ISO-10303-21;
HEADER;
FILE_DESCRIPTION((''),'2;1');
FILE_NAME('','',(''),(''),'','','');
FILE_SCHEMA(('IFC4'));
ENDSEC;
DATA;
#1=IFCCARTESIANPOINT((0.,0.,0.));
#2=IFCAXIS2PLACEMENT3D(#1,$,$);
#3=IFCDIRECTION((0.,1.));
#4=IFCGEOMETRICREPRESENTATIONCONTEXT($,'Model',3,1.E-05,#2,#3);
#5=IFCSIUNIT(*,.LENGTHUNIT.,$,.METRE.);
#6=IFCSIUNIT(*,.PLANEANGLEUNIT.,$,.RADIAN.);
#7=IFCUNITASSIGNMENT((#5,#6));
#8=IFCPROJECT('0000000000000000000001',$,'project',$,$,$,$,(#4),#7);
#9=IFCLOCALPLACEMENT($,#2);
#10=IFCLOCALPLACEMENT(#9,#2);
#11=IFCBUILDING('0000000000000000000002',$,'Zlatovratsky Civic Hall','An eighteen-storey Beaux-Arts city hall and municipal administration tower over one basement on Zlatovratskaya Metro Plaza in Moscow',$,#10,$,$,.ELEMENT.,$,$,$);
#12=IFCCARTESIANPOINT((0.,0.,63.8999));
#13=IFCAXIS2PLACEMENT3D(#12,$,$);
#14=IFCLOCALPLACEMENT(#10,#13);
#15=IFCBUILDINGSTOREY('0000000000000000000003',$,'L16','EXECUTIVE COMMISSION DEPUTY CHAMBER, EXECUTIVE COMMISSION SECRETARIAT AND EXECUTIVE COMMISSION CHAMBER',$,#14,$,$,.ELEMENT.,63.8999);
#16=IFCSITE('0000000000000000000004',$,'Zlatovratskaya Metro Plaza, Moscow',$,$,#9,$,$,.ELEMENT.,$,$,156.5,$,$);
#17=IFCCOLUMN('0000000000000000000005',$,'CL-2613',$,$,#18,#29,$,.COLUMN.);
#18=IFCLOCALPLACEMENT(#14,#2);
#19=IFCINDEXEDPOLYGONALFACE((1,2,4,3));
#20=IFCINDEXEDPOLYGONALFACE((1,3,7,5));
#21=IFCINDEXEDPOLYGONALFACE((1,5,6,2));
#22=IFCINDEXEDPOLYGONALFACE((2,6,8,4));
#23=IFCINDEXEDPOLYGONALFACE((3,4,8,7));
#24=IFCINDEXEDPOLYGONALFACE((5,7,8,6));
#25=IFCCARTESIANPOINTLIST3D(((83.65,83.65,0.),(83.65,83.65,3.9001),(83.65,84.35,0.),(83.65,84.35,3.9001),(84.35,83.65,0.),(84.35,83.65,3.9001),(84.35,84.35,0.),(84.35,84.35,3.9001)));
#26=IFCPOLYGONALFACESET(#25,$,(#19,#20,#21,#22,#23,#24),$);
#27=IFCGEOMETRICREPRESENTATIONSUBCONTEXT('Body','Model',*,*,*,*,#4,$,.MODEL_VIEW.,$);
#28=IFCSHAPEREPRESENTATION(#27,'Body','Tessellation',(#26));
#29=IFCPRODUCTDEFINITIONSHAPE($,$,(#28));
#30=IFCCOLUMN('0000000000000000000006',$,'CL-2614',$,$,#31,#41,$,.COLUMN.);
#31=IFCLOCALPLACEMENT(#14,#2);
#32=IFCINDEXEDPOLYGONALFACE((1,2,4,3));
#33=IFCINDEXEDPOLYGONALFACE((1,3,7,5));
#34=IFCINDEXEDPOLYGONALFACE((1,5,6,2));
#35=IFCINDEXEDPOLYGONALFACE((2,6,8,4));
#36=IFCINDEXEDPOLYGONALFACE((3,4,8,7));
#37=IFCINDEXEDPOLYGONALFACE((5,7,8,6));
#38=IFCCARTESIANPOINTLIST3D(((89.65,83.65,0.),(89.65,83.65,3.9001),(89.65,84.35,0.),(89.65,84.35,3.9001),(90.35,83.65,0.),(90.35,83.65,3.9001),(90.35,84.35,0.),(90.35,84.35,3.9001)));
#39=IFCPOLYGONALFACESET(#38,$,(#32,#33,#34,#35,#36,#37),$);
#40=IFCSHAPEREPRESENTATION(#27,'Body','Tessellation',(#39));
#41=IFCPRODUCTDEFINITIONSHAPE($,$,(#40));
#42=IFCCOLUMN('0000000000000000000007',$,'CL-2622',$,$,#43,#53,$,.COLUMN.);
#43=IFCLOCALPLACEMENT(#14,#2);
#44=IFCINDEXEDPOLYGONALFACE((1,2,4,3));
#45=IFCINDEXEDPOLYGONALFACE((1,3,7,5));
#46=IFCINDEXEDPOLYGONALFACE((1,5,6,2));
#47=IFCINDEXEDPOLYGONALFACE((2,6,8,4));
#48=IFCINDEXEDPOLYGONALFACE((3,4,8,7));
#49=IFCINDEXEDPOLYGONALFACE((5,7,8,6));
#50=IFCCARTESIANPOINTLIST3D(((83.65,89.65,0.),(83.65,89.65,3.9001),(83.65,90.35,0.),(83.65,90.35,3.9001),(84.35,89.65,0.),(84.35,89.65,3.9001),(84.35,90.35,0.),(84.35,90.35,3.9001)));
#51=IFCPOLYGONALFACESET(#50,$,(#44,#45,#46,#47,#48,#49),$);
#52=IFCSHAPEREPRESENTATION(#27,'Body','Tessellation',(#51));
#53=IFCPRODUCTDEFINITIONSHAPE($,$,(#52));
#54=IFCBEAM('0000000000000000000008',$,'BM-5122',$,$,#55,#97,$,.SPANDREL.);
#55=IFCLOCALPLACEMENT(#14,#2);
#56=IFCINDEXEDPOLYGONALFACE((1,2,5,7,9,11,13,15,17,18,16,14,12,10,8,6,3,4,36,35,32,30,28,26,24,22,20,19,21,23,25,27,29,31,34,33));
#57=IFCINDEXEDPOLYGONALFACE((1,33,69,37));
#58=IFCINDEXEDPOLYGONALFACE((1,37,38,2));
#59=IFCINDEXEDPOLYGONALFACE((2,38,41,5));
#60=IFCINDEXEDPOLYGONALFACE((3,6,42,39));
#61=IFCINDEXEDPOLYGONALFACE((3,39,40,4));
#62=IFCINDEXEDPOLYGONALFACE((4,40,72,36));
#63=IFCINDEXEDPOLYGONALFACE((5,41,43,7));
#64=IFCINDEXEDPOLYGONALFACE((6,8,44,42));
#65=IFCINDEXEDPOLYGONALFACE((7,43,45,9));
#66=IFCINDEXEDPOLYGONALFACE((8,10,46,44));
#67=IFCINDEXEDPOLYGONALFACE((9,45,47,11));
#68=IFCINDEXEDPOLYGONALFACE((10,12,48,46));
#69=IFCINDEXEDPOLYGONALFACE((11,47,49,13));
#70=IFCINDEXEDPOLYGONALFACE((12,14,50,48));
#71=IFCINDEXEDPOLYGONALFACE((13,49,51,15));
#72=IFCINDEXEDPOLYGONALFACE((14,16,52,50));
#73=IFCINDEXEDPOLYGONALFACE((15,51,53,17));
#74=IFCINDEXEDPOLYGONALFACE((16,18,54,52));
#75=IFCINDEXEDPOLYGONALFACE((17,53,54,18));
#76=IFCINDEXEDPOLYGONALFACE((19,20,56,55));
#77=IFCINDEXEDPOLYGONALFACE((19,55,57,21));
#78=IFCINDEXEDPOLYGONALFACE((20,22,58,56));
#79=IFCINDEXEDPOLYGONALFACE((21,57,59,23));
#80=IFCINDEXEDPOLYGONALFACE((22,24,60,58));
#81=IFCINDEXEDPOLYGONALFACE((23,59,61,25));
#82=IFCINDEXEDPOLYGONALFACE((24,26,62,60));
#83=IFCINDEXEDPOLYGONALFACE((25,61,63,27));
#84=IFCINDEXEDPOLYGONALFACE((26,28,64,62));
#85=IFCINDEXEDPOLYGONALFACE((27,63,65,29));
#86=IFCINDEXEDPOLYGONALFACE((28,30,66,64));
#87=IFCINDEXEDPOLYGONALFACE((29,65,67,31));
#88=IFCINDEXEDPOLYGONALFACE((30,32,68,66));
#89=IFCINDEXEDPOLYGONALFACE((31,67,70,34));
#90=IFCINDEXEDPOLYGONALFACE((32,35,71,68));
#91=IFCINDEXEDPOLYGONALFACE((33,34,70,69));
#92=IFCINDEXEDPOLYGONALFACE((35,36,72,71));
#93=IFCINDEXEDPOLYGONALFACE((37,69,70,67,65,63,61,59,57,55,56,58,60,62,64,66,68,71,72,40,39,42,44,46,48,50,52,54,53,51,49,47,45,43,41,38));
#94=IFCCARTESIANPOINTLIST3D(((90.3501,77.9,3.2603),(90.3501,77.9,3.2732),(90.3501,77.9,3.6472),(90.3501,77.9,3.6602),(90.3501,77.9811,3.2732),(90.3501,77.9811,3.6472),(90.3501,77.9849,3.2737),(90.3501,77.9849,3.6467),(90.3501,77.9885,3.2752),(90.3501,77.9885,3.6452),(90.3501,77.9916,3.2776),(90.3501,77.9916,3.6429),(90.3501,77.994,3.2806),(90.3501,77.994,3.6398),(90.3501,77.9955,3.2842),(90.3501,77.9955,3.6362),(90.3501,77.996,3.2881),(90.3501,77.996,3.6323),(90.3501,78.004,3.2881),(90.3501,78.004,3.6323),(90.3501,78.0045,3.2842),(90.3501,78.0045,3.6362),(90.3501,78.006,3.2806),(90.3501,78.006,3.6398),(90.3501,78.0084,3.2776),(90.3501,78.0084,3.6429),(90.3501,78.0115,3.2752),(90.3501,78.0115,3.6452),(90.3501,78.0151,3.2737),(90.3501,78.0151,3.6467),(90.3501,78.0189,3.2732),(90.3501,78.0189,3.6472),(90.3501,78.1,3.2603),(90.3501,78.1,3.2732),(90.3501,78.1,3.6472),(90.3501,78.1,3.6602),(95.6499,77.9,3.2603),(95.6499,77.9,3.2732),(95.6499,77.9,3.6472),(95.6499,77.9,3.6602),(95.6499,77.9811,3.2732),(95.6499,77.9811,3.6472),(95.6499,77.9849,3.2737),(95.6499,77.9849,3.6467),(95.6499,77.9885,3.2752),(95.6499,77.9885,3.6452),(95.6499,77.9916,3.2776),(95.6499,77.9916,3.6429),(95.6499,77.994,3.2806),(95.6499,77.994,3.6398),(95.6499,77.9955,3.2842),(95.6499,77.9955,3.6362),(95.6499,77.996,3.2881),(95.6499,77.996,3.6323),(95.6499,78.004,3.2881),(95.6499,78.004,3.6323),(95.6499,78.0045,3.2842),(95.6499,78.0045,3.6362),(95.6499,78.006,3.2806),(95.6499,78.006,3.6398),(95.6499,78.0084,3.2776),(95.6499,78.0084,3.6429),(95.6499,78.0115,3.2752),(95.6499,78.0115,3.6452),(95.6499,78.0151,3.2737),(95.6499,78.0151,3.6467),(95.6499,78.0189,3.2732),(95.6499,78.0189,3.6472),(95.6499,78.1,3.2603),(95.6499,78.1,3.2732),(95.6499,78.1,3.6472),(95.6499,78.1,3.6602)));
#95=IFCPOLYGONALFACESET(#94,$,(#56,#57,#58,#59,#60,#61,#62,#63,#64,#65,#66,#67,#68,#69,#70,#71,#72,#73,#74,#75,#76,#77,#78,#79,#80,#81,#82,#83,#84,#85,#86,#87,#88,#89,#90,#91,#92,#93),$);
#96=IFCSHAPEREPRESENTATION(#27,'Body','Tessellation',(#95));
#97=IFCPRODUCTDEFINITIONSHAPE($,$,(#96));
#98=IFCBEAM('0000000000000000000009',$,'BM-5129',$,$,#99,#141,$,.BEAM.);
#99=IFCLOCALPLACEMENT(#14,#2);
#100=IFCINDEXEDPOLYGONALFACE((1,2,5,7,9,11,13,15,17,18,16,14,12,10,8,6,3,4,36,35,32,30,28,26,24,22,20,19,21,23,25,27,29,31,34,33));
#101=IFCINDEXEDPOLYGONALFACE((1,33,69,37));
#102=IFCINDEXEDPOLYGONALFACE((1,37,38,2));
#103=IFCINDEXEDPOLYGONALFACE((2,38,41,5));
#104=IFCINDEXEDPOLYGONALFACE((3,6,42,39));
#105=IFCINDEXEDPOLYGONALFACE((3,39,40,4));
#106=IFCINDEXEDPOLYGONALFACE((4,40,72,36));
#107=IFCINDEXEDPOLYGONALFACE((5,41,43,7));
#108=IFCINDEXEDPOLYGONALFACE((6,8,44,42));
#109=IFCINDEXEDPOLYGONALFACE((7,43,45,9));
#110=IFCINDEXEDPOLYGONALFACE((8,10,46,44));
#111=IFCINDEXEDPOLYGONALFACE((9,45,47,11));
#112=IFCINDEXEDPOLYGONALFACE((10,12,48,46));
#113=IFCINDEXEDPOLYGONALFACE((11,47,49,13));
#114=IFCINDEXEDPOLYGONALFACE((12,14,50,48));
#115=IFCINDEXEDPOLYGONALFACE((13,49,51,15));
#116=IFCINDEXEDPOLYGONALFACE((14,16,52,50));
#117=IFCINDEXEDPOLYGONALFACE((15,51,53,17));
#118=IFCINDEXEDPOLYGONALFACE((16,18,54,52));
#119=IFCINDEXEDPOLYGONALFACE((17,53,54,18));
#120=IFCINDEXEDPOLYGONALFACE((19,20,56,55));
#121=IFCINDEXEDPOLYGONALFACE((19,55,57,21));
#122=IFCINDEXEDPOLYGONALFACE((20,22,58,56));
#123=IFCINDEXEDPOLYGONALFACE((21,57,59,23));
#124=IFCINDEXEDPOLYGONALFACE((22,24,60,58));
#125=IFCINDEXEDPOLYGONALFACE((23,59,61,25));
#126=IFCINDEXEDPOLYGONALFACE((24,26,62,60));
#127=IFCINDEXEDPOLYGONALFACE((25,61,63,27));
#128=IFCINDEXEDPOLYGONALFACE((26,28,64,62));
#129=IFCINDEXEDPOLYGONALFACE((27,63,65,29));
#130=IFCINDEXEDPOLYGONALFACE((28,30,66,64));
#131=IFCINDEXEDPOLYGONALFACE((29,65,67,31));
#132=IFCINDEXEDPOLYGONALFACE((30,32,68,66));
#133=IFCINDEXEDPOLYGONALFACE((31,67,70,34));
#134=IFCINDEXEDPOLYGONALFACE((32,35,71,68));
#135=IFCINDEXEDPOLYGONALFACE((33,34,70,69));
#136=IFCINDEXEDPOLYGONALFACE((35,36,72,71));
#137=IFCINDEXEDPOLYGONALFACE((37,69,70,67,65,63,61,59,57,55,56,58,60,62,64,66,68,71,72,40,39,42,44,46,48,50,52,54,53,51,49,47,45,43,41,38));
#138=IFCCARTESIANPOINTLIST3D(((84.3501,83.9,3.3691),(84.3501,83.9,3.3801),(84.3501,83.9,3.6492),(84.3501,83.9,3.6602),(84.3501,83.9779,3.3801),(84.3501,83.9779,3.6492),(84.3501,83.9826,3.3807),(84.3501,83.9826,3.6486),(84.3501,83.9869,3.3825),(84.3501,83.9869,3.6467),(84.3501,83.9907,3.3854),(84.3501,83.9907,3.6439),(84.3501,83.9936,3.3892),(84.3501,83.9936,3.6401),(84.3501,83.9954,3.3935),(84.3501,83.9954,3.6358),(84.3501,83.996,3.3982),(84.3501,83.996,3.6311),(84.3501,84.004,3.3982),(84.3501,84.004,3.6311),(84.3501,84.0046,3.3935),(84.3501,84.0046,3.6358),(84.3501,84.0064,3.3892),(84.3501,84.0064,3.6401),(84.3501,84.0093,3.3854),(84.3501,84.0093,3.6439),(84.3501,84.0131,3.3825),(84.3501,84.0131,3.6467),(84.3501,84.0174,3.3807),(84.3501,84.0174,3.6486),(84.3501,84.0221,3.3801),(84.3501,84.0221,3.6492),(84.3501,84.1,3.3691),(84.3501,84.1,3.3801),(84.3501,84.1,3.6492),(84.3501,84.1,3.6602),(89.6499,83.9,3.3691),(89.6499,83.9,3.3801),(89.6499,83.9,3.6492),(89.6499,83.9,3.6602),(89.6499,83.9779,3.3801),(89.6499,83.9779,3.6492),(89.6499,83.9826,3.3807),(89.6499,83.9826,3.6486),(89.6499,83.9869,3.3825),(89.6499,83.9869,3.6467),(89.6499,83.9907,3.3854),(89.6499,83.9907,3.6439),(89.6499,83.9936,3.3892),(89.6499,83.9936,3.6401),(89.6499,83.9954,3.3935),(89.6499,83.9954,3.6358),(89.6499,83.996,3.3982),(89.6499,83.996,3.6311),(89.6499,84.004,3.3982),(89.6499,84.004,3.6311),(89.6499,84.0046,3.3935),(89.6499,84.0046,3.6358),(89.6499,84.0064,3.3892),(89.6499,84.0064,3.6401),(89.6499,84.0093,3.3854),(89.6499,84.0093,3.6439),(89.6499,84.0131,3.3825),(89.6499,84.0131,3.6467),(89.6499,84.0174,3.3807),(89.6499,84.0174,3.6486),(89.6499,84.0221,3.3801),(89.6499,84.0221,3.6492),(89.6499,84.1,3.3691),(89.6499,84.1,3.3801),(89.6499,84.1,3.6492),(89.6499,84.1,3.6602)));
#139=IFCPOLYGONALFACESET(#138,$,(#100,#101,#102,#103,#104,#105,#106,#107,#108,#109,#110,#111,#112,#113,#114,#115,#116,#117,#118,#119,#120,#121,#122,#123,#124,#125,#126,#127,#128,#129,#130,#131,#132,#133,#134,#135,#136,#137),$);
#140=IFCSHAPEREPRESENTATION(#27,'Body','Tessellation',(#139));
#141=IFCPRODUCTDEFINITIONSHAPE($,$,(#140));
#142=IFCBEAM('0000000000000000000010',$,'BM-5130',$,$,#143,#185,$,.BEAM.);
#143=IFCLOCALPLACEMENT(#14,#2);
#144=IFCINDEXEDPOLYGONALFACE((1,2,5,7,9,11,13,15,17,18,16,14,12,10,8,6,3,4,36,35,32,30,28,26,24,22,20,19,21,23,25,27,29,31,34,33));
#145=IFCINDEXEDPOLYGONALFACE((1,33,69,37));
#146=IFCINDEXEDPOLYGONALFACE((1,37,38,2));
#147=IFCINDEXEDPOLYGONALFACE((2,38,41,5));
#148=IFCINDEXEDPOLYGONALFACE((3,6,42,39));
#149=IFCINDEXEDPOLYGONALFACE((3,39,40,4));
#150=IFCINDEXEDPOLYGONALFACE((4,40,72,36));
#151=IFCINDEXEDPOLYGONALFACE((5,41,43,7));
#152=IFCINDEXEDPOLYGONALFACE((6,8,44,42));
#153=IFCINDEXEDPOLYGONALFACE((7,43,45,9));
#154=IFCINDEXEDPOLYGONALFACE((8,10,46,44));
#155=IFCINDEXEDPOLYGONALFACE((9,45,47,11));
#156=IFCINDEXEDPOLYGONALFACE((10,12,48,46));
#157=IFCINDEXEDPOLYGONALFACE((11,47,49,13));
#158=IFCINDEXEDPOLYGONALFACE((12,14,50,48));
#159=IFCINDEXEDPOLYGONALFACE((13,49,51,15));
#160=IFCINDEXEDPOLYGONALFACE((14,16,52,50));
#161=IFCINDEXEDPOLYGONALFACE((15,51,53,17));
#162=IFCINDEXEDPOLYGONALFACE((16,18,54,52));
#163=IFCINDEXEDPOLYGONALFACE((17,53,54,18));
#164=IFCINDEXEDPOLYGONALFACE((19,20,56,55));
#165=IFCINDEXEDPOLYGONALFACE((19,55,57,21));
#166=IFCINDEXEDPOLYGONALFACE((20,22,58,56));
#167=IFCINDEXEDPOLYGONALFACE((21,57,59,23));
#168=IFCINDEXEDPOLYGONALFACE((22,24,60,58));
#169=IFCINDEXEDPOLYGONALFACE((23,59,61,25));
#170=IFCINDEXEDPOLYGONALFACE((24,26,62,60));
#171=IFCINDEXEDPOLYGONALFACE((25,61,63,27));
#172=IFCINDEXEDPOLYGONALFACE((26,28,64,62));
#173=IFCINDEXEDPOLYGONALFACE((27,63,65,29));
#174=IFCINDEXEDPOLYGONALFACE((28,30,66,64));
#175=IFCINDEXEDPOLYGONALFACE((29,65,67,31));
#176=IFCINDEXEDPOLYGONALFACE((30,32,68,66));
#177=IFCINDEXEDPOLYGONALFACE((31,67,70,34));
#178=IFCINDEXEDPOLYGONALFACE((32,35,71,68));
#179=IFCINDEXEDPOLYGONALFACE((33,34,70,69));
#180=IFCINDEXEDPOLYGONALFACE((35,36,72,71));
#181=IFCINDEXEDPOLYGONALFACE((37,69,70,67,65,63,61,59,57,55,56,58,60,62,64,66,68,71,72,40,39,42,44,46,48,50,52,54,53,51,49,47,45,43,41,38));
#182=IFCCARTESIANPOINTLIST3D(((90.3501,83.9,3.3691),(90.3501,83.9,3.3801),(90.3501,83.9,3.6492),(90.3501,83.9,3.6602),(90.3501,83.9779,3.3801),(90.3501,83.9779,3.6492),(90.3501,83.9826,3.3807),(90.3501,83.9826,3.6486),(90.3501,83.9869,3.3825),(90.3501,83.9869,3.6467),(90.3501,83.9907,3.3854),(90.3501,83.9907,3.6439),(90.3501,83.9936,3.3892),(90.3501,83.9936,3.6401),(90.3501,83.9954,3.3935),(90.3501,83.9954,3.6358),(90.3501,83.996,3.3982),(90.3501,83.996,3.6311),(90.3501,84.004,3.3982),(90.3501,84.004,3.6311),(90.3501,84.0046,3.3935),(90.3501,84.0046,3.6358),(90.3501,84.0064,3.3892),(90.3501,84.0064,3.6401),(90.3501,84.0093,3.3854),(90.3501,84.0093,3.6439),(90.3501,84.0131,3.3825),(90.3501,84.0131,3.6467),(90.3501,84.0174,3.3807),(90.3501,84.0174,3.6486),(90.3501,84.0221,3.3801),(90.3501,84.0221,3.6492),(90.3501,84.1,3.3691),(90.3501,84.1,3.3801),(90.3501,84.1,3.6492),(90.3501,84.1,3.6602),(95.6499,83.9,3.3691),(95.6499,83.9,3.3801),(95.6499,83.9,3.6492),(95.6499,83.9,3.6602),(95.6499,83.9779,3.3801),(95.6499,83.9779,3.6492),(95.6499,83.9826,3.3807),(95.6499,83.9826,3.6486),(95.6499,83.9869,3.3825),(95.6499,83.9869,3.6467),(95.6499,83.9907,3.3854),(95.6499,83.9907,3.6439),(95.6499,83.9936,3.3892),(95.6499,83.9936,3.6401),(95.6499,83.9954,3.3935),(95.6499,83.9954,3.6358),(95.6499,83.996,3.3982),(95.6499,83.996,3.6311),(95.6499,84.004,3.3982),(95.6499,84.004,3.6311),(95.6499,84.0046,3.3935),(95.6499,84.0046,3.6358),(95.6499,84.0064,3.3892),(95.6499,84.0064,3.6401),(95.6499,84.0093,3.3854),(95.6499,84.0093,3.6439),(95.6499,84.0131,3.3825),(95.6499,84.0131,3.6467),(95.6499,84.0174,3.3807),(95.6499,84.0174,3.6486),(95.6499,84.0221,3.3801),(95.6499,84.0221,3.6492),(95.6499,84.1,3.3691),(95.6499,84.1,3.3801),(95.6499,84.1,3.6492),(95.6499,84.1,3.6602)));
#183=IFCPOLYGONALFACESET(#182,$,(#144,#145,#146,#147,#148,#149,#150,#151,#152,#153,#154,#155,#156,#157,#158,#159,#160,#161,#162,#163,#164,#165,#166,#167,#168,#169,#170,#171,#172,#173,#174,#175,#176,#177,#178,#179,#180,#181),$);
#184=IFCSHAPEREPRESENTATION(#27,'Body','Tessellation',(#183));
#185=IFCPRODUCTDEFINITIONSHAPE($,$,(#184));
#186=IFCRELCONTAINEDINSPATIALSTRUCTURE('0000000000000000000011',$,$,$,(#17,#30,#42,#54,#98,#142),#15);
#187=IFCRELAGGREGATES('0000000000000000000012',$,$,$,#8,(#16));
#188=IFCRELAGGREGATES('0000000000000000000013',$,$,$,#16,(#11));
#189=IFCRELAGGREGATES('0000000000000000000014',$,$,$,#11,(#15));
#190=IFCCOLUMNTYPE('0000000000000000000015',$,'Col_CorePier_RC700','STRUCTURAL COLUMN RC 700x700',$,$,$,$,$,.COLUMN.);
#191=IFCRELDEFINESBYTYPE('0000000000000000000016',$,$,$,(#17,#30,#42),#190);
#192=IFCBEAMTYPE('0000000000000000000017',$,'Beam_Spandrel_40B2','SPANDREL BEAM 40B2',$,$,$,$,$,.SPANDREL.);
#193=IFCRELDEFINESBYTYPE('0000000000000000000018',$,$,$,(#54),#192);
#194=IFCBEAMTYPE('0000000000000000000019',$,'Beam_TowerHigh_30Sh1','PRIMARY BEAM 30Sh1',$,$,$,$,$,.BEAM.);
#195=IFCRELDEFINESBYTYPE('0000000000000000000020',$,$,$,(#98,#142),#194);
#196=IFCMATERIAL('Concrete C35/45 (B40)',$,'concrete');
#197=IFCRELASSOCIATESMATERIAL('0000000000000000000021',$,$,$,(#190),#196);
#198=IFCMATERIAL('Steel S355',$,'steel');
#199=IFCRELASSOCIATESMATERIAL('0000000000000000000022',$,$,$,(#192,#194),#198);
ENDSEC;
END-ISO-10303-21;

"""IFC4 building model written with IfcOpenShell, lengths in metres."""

from ifc_helpers import new_model, si_unit, direction, frame, origin, origin_2d, place, context, subcontext, project, spatial, rectangle, i_section, extrude, material, material_profile, profile_set, type_object, element, save


model = new_model("IFC4")

# Units and contexts
model_context = context("Model", 3, precision=1e-05, world=origin(), true_north=direction((0.0, 1.0)))
body_context = subcontext(model_context, "Body", "Model", "MODEL_VIEW")
ifc_project = project(units=[si_unit("LENGTHUNIT", "METRE"), si_unit("PLANEANGLEUNIT", "RADIAN")], contexts=[model_context])

# Site, building, storey
site_placement = place(None, origin())
site = spatial("IfcSite", under=ifc_project, at=site_placement, Name="Zlatovratskaya Metro Plaza, Moscow", CompositionType="ELEMENT", RefElevation=156.5)
building_placement = place(site_placement, origin())
building = spatial("IfcBuilding", under=site, at=building_placement, Name="Zlatovratsky Civic Hall", Description="An eighteen-storey Beaux-Arts city hall and municipal administration tower over one basement on Zlatovratskaya Metro Plaza in Moscow", CompositionType="ELEMENT")
storey_placement = place(building_placement, frame((0.0, 0.0, 63.8999)))
storey = spatial("IfcBuildingStorey", under=building, at=storey_placement, Name="L16", Description="EXECUTIVE COMMISSION DEPUTY CHAMBER, EXECUTIVE COMMISSION SECRETARIAT AND EXECUTIVE COMMISSION CHAMBER", CompositionType="ELEMENT", Elevation=63.8999)

# Columns
ifc_material_1 = material(Name="Concrete C35/45 (B40)", Category="concrete")
ifc_material_profile_1 = material_profile(ifc_material_1, rectangle(XDim=0.7, YDim=0.7, at=origin_2d()), Name="RC 700x700")
ifc_profile_set_1 = profile_set([ifc_material_profile_1], Name="Concrete C35/45 (B40)")
column_type = type_object("IfcColumnType", Name="Col_CorePier_RC700", Description="STRUCTURAL COLUMN RC 700x700", PredefinedType="COLUMN", material=ifc_profile_set_1)
for number, where, z_axis, x_axis, name in (
    (1, (84.0, 84.0, 0.0), (0.0, 0.0, 1.0), (1.0, 0.0, 0.0), "CL-2613"),
    (2, (90.0, 84.0, 0.0), (0.0, 0.0, 1.0), (1.0, 0.0, 0.0), "CL-2614"),
    (3, (84.0, 90.0, 0.0), (0.0, 0.0, 1.0), (1.0, 0.0, 0.0), "CL-2622"),
):
    element("IfcColumn", number, at=place(storey_placement, frame(where, z_axis=z_axis, x_axis=x_axis)), inside=storey, type_object=column_type, Name=name, PredefinedType="COLUMN", context=body_context, shape_type="SweptSolid", body=[
        extrude(rectangle(XDim=0.7, YDim=0.7, at=origin_2d()), origin(), (0.0, 0.0, 1.0), 3.9001),
    ])

# Beams
ifc_material_2 = material(Name="Steel S355", Category="steel")
ifc_material_profile_2 = material_profile(ifc_material_2, i_section(OverallWidth=0.2, OverallDepth=0.3999, WebThickness=0.0081, FlangeThickness=0.0129, FilletRadius=0.0149, at=origin_2d()), Name="40B2")
ifc_profile_set_2 = profile_set([ifc_material_profile_2], Name="Steel S355")
beam_type_1 = type_object("IfcBeamType", Name="Beam_Spandrel_40B2", Description="SPANDREL BEAM 40B2", PredefinedType="SPANDREL", material=ifc_profile_set_2)
beam_placement = place(storey_placement, frame((90.3501, 78.0, 3.4602), z_axis=(1.0, 0.0, 0.0), x_axis=(0.0, 1.0, 0.0)))
element("IfcBeam", 4, at=beam_placement, inside=storey, type_object=beam_type_1, Name="BM-5122", PredefinedType="SPANDREL", context=body_context, shape_type="SweptSolid", body=[
    extrude(i_section(OverallWidth=0.2, OverallDepth=0.3999, WebThickness=0.0081, FlangeThickness=0.0129, FilletRadius=0.0149, at=origin_2d()), origin(), (0.0, 0.0, 1.0), 5.2998),
])
ifc_material_profile_3 = material_profile(ifc_material_2, i_section(OverallWidth=0.2, OverallDepth=0.291, WebThickness=0.0081, FlangeThickness=0.011, FilletRadius=0.0181, at=origin_2d()), Name="30Sh1")
ifc_profile_set_3 = profile_set([ifc_material_profile_3], Name="Steel S355")
beam_type_2 = type_object("IfcBeamType", Name="Beam_TowerHigh_30Sh1", Description="PRIMARY BEAM 30Sh1", PredefinedType="BEAM", material=ifc_profile_set_3)
for number, where, z_axis, x_axis, name in (
    (5, (84.3501, 84.0, 3.5146), (1.0, 0.0, 0.0), (0.0, 1.0, 0.0), "BM-5129"),
    (6, (90.3501, 84.0, 3.5146), (1.0, 0.0, 0.0), (0.0, 1.0, 0.0), "BM-5130"),
):
    element("IfcBeam", number, at=place(storey_placement, frame(where, z_axis=z_axis, x_axis=x_axis)), inside=storey, type_object=beam_type_2, Name=name, PredefinedType="BEAM", context=body_context, shape_type="SweptSolid", body=[
        extrude(i_section(OverallWidth=0.2, OverallDepth=0.291, WebThickness=0.0081, FlangeThickness=0.011, FilletRadius=0.0181, at=origin_2d()), origin(), (0.0, 0.0, 1.0), 5.2998),
    ])

save(model, "model.ifc")
